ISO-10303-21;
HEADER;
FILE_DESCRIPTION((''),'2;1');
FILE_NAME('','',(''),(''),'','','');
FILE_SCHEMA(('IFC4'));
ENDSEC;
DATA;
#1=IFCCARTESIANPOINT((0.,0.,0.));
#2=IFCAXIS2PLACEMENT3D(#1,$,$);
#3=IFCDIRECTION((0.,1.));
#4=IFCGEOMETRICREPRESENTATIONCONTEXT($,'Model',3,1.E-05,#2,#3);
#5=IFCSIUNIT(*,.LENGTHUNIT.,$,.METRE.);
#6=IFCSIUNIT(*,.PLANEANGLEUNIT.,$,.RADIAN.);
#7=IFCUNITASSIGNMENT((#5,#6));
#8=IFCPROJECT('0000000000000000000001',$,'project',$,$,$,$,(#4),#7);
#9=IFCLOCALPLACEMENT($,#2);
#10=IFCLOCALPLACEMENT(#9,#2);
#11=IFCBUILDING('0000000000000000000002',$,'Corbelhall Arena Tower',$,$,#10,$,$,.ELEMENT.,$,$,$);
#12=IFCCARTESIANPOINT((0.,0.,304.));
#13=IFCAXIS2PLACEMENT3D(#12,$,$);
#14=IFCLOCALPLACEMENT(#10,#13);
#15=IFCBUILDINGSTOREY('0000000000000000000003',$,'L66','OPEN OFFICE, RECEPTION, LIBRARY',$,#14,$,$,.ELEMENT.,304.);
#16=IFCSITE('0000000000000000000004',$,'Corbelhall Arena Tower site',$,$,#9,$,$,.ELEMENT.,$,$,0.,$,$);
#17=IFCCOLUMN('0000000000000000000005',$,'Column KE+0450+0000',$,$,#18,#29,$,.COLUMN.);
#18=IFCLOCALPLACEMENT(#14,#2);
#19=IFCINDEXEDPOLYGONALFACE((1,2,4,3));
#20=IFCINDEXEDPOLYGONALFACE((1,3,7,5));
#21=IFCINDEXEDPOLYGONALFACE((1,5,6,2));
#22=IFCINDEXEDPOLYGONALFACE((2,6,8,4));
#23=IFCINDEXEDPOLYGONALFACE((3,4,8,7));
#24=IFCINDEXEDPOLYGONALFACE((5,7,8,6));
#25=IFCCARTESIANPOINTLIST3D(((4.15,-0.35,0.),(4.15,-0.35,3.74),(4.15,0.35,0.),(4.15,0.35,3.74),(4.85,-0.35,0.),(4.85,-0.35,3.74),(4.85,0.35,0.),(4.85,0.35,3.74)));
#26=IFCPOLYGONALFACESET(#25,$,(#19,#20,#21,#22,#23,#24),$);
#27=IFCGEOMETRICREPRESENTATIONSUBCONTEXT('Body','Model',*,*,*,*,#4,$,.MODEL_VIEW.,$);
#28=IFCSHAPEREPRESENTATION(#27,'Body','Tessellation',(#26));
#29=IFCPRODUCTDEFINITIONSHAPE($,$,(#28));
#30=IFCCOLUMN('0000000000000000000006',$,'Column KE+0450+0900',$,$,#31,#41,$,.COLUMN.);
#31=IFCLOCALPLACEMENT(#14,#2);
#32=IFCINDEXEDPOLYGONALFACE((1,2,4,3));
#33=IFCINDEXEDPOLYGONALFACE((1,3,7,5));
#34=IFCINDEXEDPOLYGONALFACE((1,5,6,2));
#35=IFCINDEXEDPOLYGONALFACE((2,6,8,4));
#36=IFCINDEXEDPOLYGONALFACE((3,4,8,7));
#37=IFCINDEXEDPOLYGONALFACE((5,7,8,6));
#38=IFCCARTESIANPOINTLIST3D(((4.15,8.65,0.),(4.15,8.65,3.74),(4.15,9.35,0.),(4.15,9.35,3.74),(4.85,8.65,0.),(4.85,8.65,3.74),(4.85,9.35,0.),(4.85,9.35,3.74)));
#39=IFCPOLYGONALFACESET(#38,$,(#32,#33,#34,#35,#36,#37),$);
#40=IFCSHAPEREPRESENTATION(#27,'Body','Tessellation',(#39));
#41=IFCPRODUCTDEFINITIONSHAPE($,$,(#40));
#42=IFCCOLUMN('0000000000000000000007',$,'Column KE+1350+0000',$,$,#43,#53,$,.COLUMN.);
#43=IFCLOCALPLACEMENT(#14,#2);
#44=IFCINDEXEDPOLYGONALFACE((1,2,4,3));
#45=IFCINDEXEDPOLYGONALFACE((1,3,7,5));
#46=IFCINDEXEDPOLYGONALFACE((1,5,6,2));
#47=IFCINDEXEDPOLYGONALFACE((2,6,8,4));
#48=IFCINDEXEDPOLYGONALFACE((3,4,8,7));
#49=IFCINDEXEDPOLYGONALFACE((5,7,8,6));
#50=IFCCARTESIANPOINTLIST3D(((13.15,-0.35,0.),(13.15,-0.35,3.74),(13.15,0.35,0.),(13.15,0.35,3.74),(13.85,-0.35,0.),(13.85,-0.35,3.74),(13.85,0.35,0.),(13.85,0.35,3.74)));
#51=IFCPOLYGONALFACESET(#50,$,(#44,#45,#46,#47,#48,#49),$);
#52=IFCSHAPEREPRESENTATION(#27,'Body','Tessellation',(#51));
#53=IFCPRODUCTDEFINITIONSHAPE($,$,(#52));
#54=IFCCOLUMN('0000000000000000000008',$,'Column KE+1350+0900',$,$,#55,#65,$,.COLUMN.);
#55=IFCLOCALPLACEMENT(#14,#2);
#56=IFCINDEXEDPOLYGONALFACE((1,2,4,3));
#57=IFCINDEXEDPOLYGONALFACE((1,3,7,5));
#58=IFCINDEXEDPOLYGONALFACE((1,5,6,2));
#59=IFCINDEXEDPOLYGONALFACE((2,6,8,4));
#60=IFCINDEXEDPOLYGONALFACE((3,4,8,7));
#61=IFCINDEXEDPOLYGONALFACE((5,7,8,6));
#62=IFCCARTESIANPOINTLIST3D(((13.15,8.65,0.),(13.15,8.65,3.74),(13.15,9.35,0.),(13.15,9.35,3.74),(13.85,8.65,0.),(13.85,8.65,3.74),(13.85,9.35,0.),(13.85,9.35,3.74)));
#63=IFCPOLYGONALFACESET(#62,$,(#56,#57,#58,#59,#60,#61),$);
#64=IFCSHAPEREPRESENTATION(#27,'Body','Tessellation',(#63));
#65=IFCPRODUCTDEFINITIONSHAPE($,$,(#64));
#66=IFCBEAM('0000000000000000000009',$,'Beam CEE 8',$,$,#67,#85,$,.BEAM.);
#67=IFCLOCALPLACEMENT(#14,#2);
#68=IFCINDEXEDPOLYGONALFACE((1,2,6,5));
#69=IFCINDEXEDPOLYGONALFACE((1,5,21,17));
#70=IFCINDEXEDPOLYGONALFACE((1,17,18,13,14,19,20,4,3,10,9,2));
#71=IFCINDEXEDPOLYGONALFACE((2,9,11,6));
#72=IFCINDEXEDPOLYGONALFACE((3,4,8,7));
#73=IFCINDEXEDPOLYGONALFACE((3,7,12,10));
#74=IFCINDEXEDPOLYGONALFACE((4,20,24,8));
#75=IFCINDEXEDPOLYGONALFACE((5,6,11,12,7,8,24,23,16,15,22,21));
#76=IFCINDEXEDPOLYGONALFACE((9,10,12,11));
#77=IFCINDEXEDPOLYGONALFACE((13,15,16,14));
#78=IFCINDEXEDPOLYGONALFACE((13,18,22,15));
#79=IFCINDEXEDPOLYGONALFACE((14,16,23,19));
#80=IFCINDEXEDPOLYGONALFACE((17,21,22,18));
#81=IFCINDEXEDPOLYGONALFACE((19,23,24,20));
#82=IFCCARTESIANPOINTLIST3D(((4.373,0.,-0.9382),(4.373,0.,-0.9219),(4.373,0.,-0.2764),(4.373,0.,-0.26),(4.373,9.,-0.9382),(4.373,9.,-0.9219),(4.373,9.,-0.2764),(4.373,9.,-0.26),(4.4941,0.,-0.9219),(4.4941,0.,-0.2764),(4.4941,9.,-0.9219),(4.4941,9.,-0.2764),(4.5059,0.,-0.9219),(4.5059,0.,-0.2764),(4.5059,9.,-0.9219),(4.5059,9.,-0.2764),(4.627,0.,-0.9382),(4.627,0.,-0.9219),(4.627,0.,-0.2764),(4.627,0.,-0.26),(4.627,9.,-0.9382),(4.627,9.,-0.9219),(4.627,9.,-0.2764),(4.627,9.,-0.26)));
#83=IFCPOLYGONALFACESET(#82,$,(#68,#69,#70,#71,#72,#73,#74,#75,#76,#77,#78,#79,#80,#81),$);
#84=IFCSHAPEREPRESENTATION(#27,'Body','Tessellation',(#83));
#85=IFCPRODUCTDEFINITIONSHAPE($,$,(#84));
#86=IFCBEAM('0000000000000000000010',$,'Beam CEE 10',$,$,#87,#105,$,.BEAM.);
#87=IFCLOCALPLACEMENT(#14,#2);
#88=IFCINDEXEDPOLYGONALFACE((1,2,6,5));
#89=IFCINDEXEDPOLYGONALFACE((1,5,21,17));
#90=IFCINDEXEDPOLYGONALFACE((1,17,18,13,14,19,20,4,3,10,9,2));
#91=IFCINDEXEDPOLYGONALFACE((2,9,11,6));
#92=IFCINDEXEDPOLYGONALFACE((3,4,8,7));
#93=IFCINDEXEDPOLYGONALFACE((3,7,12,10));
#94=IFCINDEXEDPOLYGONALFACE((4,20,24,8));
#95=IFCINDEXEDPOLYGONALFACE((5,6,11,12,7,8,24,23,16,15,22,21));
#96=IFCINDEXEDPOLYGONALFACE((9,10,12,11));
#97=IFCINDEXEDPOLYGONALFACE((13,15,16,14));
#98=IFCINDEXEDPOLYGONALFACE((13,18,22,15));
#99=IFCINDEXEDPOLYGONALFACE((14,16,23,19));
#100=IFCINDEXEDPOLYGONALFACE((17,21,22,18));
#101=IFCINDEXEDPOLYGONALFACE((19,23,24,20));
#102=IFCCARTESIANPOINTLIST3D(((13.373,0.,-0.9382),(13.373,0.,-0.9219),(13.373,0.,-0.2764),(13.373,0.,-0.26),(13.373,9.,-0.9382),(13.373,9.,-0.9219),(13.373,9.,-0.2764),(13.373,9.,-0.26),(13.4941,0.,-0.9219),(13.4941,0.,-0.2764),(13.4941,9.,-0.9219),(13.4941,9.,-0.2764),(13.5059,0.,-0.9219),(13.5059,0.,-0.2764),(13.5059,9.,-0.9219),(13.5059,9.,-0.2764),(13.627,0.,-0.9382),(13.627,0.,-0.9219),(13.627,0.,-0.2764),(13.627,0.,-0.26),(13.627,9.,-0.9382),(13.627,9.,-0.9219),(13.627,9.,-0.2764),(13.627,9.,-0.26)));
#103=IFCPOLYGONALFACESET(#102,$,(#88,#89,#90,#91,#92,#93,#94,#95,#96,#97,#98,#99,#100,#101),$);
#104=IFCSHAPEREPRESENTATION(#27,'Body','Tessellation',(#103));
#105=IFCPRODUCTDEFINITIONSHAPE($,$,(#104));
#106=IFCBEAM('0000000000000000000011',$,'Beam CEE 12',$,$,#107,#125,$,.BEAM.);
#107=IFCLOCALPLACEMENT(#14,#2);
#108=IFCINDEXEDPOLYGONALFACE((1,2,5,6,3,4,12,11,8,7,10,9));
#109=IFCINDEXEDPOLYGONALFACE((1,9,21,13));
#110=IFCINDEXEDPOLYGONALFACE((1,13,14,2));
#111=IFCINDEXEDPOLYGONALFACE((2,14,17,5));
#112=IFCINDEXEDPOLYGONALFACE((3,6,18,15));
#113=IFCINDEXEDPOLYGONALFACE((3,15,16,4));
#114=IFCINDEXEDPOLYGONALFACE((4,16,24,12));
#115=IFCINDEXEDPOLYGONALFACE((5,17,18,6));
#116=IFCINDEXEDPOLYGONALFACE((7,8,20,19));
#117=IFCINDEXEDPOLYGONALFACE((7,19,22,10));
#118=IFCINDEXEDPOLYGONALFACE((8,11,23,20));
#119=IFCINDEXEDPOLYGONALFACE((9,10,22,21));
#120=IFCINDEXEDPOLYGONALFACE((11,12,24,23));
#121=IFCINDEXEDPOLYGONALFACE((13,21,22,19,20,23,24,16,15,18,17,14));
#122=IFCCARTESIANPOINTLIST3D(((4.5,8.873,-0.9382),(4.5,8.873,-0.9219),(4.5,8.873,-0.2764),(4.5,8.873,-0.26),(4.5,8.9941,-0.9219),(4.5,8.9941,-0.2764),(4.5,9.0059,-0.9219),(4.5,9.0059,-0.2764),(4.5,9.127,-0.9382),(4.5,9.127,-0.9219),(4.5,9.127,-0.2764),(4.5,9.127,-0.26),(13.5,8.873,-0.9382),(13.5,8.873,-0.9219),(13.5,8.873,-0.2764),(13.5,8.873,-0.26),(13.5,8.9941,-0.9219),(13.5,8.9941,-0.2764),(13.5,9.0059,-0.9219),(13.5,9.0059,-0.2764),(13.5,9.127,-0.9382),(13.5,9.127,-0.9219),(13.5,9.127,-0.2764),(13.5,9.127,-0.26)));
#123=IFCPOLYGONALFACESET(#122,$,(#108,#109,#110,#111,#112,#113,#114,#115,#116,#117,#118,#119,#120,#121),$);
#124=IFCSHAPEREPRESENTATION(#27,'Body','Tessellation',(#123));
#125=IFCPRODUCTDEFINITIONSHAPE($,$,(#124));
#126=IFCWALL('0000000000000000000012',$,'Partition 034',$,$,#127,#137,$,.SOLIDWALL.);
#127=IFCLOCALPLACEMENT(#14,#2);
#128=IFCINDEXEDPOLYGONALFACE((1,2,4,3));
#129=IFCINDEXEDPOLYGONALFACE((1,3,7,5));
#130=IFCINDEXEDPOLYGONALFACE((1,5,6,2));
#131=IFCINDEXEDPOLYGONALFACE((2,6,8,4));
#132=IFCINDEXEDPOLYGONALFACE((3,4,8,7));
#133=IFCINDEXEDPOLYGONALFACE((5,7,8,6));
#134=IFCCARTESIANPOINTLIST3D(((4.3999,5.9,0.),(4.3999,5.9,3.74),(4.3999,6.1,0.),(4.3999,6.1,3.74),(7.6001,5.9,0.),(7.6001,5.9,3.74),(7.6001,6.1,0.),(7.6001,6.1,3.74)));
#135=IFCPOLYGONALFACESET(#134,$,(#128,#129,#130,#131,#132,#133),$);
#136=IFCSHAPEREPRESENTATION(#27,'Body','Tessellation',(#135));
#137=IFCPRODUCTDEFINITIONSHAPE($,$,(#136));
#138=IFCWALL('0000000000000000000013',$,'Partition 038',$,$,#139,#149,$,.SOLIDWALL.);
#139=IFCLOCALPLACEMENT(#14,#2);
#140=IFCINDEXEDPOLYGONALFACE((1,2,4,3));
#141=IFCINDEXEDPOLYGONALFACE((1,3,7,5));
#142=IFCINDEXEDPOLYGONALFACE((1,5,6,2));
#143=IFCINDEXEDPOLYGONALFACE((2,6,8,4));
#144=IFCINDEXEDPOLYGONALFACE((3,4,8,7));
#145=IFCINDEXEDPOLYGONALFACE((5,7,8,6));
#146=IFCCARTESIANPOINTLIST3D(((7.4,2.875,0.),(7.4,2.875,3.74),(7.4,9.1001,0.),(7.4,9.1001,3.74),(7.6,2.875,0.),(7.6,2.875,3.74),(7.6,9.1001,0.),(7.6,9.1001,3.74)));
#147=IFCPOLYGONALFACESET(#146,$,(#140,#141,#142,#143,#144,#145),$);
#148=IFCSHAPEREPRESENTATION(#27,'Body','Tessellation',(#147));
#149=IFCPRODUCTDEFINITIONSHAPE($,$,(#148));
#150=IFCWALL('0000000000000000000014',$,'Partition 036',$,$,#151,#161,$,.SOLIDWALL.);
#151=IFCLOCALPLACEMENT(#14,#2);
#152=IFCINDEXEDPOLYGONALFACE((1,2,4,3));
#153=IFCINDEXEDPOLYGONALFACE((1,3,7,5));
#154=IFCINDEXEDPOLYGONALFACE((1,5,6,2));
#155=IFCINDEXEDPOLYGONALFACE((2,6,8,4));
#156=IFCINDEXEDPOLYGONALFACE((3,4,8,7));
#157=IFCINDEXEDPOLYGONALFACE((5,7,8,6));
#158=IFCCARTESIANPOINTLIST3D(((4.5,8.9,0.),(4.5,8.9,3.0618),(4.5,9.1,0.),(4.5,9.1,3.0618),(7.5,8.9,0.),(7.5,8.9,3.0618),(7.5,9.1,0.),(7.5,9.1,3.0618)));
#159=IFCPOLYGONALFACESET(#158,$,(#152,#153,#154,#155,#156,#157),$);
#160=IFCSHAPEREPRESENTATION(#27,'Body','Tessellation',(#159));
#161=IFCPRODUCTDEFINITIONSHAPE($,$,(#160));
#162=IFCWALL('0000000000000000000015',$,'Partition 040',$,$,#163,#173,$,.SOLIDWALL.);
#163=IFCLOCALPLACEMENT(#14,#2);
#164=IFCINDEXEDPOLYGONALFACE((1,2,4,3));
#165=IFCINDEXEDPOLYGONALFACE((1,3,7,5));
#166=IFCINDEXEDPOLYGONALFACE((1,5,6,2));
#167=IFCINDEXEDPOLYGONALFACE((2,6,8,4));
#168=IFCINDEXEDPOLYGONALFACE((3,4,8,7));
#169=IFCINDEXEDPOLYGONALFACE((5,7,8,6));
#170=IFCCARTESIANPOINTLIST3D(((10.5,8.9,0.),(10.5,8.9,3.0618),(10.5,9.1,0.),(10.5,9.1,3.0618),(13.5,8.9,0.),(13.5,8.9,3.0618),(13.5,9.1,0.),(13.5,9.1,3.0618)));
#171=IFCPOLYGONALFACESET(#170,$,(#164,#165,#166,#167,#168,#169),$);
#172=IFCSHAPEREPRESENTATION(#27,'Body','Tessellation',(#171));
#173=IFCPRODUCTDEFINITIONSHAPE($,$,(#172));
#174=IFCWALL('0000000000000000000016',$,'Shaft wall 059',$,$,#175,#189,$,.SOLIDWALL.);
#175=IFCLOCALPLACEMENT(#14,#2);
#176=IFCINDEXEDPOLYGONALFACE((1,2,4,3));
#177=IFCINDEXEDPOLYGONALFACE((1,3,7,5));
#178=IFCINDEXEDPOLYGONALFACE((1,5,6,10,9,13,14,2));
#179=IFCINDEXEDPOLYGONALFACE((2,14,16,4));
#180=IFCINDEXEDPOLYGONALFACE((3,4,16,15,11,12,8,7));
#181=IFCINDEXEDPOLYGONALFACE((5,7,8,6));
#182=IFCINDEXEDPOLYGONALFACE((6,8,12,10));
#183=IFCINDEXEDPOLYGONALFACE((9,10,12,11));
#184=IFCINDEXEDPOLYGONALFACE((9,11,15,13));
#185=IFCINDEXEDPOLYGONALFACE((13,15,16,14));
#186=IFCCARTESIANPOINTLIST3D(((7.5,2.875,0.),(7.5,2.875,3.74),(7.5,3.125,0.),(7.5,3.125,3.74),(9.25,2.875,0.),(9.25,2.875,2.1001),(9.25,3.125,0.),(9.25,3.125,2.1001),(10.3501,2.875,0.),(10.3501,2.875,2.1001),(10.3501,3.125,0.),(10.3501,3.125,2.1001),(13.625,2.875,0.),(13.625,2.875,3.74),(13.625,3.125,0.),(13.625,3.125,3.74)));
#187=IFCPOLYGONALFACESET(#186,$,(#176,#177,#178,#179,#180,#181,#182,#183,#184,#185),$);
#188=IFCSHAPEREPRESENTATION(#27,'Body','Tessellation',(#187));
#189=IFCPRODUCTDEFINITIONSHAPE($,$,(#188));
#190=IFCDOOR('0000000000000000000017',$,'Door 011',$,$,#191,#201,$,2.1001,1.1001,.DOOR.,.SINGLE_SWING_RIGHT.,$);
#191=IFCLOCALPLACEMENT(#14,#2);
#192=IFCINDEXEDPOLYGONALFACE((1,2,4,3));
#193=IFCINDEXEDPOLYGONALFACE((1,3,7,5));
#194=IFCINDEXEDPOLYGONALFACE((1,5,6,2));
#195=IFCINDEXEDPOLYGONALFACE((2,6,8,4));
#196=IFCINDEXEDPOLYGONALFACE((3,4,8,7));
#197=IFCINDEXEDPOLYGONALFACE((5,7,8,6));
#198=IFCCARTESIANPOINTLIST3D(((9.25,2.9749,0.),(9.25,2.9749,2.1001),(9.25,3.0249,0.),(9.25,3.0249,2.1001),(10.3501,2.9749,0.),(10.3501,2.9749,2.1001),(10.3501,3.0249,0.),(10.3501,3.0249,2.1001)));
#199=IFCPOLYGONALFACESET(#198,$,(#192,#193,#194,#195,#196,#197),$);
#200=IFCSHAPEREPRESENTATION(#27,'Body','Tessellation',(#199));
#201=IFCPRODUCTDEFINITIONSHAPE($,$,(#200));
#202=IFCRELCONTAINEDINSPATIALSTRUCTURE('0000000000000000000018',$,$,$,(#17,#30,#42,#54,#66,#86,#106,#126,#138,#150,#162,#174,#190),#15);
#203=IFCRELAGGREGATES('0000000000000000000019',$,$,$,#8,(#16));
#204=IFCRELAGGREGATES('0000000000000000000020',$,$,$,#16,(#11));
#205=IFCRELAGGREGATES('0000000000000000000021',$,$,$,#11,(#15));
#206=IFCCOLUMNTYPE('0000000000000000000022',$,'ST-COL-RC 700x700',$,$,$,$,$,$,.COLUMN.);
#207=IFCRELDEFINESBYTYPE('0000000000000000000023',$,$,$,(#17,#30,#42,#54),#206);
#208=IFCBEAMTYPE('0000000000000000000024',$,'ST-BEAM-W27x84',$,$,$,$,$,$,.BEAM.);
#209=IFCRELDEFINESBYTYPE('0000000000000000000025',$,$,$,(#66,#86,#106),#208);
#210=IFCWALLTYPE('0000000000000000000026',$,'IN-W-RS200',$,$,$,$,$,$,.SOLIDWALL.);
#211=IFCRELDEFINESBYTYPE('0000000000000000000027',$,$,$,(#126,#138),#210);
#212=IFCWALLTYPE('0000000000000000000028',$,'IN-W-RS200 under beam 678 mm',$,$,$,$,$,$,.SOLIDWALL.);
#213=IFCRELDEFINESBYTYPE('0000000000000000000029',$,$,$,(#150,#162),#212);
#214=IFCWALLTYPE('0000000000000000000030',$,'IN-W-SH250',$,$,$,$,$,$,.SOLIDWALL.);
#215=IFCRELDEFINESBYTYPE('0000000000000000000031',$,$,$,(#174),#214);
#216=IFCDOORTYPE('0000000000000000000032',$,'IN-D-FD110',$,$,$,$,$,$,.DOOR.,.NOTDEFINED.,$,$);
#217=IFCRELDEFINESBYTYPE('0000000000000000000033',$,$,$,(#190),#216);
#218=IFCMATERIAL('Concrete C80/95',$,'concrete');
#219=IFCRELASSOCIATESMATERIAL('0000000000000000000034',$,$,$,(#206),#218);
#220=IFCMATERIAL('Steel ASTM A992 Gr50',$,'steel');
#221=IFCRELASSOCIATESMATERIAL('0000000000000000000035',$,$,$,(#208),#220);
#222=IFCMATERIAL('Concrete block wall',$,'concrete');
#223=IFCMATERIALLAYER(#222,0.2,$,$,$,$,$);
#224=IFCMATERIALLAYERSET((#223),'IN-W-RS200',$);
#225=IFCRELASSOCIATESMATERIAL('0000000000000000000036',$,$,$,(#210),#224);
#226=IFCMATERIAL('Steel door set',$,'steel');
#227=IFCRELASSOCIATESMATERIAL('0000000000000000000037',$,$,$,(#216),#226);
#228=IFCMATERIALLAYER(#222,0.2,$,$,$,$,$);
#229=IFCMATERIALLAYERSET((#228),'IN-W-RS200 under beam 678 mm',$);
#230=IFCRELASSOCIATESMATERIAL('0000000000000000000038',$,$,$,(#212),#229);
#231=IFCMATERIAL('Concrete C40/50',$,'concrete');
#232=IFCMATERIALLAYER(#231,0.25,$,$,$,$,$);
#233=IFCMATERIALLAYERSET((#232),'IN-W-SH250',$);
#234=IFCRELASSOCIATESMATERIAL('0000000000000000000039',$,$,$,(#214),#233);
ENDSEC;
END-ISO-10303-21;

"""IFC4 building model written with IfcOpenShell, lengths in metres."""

from ifc_helpers import new_model, si_unit, direction, frame, frame_2d, origin, origin_2d, place, context, subcontext, project, spatial, rectangle, i_section, extrude, material, layer, layer_set, material_profile, profile_set, type_object, element, fill, save


model = new_model("IFC4")

# Units and contexts
model_context = context("Model", 3, precision=1e-05, world=origin(), true_north=direction((0.0, 1.0)))
body_context = subcontext(model_context, "Body", "Model", "MODEL_VIEW")
ifc_project = project(units=[si_unit("LENGTHUNIT", "METRE"), si_unit("PLANEANGLEUNIT", "RADIAN")], contexts=[model_context])

# Site, building, storey
site_placement = place(None, origin())
site = spatial("IfcSite", under=ifc_project, at=site_placement, Name="Corbelhall Arena Tower site", CompositionType="ELEMENT", RefElevation=0.0)
building_placement = place(site_placement, origin())
building = spatial("IfcBuilding", under=site, at=building_placement, Name="Corbelhall Arena Tower", CompositionType="ELEMENT")
storey_placement = place(building_placement, frame((0.0, 0.0, 304.0)))
storey = spatial("IfcBuildingStorey", under=building, at=storey_placement, Name="L66", Description="OPEN OFFICE, RECEPTION, LIBRARY", CompositionType="ELEMENT", Elevation=304.0)

# Columns
ifc_material_1 = material(Name="Concrete C80/95", Category="concrete")
ifc_material_profile_1 = material_profile(ifc_material_1, rectangle(XDim=0.7, YDim=0.7, at=origin_2d()))
ifc_profile_set_1 = profile_set([ifc_material_profile_1], Name="Concrete C80/95")
column_type = type_object("IfcColumnType", Name="ST-COL-RC 700x700", PredefinedType="COLUMN", material=ifc_profile_set_1)
for number, where, z_axis, x_axis, name in (
    (1, (4.5, 0.0, 0.0), (0.0, 0.0, 1.0), (1.0, 0.0, 0.0), "Column KE+0450+0000"),
    (2, (4.5, 9.0, 0.0), (0.0, 0.0, 1.0), (1.0, 0.0, 0.0), "Column KE+0450+0900"),
    (3, (13.5, 0.0, 0.0), (0.0, 0.0, 1.0), (1.0, 0.0, 0.0), "Column KE+1350+0000"),
    (4, (13.5, 9.0, 0.0), (0.0, 0.0, 1.0), (1.0, 0.0, 0.0), "Column KE+1350+0900"),
):
    element("IfcColumn", number, at=place(storey_placement, frame(where, z_axis=z_axis, x_axis=x_axis)), inside=storey, type_object=column_type, Name=name, PredefinedType="COLUMN", context=body_context, shape_type="SweptSolid", body=[
        extrude(rectangle(XDim=0.7, YDim=0.7, at=origin_2d()), origin(), (0.0, 0.0, 1.0), 3.74),
    ])

# Beams
ifc_material_2 = material(Name="Steel ASTM A992 Gr50", Category="steel")
ifc_material_profile_2 = material_profile(ifc_material_2, i_section(OverallWidth=0.2539, OverallDepth=0.6782, WebThickness=0.0117, FlangeThickness=0.0164, at=origin_2d()))
ifc_profile_set_2 = profile_set([ifc_material_profile_2], Name="Steel ASTM A992 Gr50")
beam_type = type_object("IfcBeamType", Name="ST-BEAM-W27x84", PredefinedType="BEAM", material=ifc_profile_set_2)
for number, where, z_axis, x_axis, name in (
    (5, (4.5, 0.0, -0.5991), (0.0, 1.0, 0.0), (-1.0, 0.0, 0.0), "Beam CEE 8"),
    (6, (13.5, 0.0, -0.5991), (0.0, 1.0, 0.0), (-1.0, 0.0, 0.0), "Beam CEE 10"),
    (7, (4.5, 9.0, -0.5991), (1.0, 0.0, 0.0), (0.0, 1.0, 0.0), "Beam CEE 12"),
):
    element("IfcBeam", number, at=place(storey_placement, frame(where, z_axis=z_axis, x_axis=x_axis)), inside=storey, type_object=beam_type, Name=name, PredefinedType="BEAM", context=body_context, shape_type="SweptSolid", body=[
        extrude(i_section(OverallWidth=0.2539, OverallDepth=0.6782, WebThickness=0.0117, FlangeThickness=0.0164, at=origin_2d()), origin(), (0.0, 0.0, 1.0), 9.0),
    ])

# Walls
ifc_material_3 = material(Name="Concrete block wall", Category="concrete")
ifc_layer_1 = layer(ifc_material_3, 0.2)
ifc_layer_set_1 = layer_set([ifc_layer_1], Name="IN-W-RS200")
wall_type_1 = type_object("IfcWallType", Name="IN-W-RS200", PredefinedType="SOLIDWALL", material=ifc_layer_set_1)
wall_1_placement = place(storey_placement, frame((4.3999, 6.0, 0.0), z_axis=(0.0, 0.0, 1.0), x_axis=(1.0, 0.0, 0.0)))
element("IfcWall", 8, at=wall_1_placement, inside=storey, type_object=wall_type_1, Name="Partition 034", PredefinedType="SOLIDWALL", context=body_context, shape_type="SweptSolid", body=[
    extrude(rectangle(XDim=3.2002, YDim=0.2, at=frame_2d((1.6001, 0.0))), origin(), (0.0, 0.0, 1.0), 3.74),
])
wall_2_placement = place(storey_placement, frame((7.5, 9.1001, 0.0), z_axis=(0.0, 0.0, 1.0), x_axis=(0.0, -1.0, 0.0)))
element("IfcWall", 9, at=wall_2_placement, inside=storey, type_object=wall_type_1, Name="Partition 038", PredefinedType="SOLIDWALL", context=body_context, shape_type="SweptSolid", body=[
    extrude(rectangle(XDim=6.2251, YDim=0.2, at=frame_2d((3.1125, 0.0))), origin(), (0.0, 0.0, 1.0), 3.74),
])

# Shared definitions
ifc_material_4 = material(Name="Steel door set", Category="steel")
door_type_1 = type_object("IfcDoorType", Name="IN-D-FD110", OperationType="NOTDEFINED", PredefinedType="DOOR", material=ifc_material_4)

# Walls
ifc_layer_2 = layer(ifc_material_3, 0.2)
ifc_layer_set_2 = layer_set([ifc_layer_2], Name="IN-W-RS200 under beam 678 mm")
wall_type_2 = type_object("IfcWallType", Name="IN-W-RS200 under beam 678 mm", PredefinedType="SOLIDWALL", material=ifc_layer_set_2)
for number, where, z_axis, x_axis, name in (
    (10, (4.5, 9.0, 0.0), (0.0, 0.0, 1.0), (1.0, 0.0, 0.0), "Partition 036"),
    (11, (10.5, 9.0, 0.0), (0.0, 0.0, 1.0), (1.0, 0.0, 0.0), "Partition 040"),
):
    element("IfcWall", number, at=place(storey_placement, frame(where, z_axis=z_axis, x_axis=x_axis)), inside=storey, type_object=wall_type_2, Name=name, PredefinedType="SOLIDWALL", context=body_context, shape_type="SweptSolid", body=[
        extrude(rectangle(XDim=3.0, YDim=0.2, at=frame_2d((1.5, 0.0))), origin(), (0.0, 0.0, 1.0), 3.0618),
    ])

# Wall, opening, door
ifc_material_5 = material(Name="Concrete C40/50", Category="concrete")
ifc_layer_3 = layer(ifc_material_5, 0.25)
ifc_layer_set_3 = layer_set([ifc_layer_3], Name="IN-W-SH250")
wall_type_3 = type_object("IfcWallType", Name="IN-W-SH250", PredefinedType="SOLIDWALL", material=ifc_layer_set_3)
wall_3_placement = place(storey_placement, frame((7.5, 3.0, 0.0), z_axis=(0.0, 0.0, 1.0), x_axis=(1.0, 0.0, 0.0)))
wall_3 = element("IfcWall", 12, at=wall_3_placement, inside=storey, type_object=wall_type_3, Name="Shaft wall 059", PredefinedType="SOLIDWALL", context=body_context, shape_type="SweptSolid", body=[
    extrude(rectangle(XDim=6.125, YDim=0.25, at=frame_2d((3.0625, 0.0))), origin(), (0.0, 0.0, 1.0), 3.74),
])
opening_1_placement = place(wall_3_placement, frame((1.75, 0.0, 0.0)))
opening_1 = element("IfcOpeningElement", 13, at=opening_1_placement, cuts=wall_3, PredefinedType="OPENING", context=body_context, shape_type="SweptSolid", body=[
    extrude(rectangle(XDim=1.1001, YDim=2.1001, at=frame_2d((0.55, 1.05))), frame((0.0, 0.125, 0.0), z_axis=(0.0, -1.0, 0.0), x_axis=(1.0, 0.0, 0.0)), (0.0, 0.0, 1.0), 0.25),
])
door_1_placement = place(opening_1_placement, origin())
door_1 = element("IfcDoor", 14, at=door_1_placement, inside=storey, type_object=door_type_1, Name="Door 011", OperationType="SINGLE_SWING_RIGHT", OverallHeight=2.1001, OverallWidth=1.1001, PredefinedType="DOOR", context=body_context, shape_type="SweptSolid", body=[
    extrude(rectangle(XDim=1.1001, YDim=2.1001, at=frame_2d((0.55, 1.05))), frame((0.0, 0.0249, 0.0), z_axis=(0.0, -1.0, 0.0), x_axis=(1.0, 0.0, 0.0)), (0.0, 0.0, 1.0), 0.05),
])
fill(opening_1, door_1)

save(model, "model.ifc")
